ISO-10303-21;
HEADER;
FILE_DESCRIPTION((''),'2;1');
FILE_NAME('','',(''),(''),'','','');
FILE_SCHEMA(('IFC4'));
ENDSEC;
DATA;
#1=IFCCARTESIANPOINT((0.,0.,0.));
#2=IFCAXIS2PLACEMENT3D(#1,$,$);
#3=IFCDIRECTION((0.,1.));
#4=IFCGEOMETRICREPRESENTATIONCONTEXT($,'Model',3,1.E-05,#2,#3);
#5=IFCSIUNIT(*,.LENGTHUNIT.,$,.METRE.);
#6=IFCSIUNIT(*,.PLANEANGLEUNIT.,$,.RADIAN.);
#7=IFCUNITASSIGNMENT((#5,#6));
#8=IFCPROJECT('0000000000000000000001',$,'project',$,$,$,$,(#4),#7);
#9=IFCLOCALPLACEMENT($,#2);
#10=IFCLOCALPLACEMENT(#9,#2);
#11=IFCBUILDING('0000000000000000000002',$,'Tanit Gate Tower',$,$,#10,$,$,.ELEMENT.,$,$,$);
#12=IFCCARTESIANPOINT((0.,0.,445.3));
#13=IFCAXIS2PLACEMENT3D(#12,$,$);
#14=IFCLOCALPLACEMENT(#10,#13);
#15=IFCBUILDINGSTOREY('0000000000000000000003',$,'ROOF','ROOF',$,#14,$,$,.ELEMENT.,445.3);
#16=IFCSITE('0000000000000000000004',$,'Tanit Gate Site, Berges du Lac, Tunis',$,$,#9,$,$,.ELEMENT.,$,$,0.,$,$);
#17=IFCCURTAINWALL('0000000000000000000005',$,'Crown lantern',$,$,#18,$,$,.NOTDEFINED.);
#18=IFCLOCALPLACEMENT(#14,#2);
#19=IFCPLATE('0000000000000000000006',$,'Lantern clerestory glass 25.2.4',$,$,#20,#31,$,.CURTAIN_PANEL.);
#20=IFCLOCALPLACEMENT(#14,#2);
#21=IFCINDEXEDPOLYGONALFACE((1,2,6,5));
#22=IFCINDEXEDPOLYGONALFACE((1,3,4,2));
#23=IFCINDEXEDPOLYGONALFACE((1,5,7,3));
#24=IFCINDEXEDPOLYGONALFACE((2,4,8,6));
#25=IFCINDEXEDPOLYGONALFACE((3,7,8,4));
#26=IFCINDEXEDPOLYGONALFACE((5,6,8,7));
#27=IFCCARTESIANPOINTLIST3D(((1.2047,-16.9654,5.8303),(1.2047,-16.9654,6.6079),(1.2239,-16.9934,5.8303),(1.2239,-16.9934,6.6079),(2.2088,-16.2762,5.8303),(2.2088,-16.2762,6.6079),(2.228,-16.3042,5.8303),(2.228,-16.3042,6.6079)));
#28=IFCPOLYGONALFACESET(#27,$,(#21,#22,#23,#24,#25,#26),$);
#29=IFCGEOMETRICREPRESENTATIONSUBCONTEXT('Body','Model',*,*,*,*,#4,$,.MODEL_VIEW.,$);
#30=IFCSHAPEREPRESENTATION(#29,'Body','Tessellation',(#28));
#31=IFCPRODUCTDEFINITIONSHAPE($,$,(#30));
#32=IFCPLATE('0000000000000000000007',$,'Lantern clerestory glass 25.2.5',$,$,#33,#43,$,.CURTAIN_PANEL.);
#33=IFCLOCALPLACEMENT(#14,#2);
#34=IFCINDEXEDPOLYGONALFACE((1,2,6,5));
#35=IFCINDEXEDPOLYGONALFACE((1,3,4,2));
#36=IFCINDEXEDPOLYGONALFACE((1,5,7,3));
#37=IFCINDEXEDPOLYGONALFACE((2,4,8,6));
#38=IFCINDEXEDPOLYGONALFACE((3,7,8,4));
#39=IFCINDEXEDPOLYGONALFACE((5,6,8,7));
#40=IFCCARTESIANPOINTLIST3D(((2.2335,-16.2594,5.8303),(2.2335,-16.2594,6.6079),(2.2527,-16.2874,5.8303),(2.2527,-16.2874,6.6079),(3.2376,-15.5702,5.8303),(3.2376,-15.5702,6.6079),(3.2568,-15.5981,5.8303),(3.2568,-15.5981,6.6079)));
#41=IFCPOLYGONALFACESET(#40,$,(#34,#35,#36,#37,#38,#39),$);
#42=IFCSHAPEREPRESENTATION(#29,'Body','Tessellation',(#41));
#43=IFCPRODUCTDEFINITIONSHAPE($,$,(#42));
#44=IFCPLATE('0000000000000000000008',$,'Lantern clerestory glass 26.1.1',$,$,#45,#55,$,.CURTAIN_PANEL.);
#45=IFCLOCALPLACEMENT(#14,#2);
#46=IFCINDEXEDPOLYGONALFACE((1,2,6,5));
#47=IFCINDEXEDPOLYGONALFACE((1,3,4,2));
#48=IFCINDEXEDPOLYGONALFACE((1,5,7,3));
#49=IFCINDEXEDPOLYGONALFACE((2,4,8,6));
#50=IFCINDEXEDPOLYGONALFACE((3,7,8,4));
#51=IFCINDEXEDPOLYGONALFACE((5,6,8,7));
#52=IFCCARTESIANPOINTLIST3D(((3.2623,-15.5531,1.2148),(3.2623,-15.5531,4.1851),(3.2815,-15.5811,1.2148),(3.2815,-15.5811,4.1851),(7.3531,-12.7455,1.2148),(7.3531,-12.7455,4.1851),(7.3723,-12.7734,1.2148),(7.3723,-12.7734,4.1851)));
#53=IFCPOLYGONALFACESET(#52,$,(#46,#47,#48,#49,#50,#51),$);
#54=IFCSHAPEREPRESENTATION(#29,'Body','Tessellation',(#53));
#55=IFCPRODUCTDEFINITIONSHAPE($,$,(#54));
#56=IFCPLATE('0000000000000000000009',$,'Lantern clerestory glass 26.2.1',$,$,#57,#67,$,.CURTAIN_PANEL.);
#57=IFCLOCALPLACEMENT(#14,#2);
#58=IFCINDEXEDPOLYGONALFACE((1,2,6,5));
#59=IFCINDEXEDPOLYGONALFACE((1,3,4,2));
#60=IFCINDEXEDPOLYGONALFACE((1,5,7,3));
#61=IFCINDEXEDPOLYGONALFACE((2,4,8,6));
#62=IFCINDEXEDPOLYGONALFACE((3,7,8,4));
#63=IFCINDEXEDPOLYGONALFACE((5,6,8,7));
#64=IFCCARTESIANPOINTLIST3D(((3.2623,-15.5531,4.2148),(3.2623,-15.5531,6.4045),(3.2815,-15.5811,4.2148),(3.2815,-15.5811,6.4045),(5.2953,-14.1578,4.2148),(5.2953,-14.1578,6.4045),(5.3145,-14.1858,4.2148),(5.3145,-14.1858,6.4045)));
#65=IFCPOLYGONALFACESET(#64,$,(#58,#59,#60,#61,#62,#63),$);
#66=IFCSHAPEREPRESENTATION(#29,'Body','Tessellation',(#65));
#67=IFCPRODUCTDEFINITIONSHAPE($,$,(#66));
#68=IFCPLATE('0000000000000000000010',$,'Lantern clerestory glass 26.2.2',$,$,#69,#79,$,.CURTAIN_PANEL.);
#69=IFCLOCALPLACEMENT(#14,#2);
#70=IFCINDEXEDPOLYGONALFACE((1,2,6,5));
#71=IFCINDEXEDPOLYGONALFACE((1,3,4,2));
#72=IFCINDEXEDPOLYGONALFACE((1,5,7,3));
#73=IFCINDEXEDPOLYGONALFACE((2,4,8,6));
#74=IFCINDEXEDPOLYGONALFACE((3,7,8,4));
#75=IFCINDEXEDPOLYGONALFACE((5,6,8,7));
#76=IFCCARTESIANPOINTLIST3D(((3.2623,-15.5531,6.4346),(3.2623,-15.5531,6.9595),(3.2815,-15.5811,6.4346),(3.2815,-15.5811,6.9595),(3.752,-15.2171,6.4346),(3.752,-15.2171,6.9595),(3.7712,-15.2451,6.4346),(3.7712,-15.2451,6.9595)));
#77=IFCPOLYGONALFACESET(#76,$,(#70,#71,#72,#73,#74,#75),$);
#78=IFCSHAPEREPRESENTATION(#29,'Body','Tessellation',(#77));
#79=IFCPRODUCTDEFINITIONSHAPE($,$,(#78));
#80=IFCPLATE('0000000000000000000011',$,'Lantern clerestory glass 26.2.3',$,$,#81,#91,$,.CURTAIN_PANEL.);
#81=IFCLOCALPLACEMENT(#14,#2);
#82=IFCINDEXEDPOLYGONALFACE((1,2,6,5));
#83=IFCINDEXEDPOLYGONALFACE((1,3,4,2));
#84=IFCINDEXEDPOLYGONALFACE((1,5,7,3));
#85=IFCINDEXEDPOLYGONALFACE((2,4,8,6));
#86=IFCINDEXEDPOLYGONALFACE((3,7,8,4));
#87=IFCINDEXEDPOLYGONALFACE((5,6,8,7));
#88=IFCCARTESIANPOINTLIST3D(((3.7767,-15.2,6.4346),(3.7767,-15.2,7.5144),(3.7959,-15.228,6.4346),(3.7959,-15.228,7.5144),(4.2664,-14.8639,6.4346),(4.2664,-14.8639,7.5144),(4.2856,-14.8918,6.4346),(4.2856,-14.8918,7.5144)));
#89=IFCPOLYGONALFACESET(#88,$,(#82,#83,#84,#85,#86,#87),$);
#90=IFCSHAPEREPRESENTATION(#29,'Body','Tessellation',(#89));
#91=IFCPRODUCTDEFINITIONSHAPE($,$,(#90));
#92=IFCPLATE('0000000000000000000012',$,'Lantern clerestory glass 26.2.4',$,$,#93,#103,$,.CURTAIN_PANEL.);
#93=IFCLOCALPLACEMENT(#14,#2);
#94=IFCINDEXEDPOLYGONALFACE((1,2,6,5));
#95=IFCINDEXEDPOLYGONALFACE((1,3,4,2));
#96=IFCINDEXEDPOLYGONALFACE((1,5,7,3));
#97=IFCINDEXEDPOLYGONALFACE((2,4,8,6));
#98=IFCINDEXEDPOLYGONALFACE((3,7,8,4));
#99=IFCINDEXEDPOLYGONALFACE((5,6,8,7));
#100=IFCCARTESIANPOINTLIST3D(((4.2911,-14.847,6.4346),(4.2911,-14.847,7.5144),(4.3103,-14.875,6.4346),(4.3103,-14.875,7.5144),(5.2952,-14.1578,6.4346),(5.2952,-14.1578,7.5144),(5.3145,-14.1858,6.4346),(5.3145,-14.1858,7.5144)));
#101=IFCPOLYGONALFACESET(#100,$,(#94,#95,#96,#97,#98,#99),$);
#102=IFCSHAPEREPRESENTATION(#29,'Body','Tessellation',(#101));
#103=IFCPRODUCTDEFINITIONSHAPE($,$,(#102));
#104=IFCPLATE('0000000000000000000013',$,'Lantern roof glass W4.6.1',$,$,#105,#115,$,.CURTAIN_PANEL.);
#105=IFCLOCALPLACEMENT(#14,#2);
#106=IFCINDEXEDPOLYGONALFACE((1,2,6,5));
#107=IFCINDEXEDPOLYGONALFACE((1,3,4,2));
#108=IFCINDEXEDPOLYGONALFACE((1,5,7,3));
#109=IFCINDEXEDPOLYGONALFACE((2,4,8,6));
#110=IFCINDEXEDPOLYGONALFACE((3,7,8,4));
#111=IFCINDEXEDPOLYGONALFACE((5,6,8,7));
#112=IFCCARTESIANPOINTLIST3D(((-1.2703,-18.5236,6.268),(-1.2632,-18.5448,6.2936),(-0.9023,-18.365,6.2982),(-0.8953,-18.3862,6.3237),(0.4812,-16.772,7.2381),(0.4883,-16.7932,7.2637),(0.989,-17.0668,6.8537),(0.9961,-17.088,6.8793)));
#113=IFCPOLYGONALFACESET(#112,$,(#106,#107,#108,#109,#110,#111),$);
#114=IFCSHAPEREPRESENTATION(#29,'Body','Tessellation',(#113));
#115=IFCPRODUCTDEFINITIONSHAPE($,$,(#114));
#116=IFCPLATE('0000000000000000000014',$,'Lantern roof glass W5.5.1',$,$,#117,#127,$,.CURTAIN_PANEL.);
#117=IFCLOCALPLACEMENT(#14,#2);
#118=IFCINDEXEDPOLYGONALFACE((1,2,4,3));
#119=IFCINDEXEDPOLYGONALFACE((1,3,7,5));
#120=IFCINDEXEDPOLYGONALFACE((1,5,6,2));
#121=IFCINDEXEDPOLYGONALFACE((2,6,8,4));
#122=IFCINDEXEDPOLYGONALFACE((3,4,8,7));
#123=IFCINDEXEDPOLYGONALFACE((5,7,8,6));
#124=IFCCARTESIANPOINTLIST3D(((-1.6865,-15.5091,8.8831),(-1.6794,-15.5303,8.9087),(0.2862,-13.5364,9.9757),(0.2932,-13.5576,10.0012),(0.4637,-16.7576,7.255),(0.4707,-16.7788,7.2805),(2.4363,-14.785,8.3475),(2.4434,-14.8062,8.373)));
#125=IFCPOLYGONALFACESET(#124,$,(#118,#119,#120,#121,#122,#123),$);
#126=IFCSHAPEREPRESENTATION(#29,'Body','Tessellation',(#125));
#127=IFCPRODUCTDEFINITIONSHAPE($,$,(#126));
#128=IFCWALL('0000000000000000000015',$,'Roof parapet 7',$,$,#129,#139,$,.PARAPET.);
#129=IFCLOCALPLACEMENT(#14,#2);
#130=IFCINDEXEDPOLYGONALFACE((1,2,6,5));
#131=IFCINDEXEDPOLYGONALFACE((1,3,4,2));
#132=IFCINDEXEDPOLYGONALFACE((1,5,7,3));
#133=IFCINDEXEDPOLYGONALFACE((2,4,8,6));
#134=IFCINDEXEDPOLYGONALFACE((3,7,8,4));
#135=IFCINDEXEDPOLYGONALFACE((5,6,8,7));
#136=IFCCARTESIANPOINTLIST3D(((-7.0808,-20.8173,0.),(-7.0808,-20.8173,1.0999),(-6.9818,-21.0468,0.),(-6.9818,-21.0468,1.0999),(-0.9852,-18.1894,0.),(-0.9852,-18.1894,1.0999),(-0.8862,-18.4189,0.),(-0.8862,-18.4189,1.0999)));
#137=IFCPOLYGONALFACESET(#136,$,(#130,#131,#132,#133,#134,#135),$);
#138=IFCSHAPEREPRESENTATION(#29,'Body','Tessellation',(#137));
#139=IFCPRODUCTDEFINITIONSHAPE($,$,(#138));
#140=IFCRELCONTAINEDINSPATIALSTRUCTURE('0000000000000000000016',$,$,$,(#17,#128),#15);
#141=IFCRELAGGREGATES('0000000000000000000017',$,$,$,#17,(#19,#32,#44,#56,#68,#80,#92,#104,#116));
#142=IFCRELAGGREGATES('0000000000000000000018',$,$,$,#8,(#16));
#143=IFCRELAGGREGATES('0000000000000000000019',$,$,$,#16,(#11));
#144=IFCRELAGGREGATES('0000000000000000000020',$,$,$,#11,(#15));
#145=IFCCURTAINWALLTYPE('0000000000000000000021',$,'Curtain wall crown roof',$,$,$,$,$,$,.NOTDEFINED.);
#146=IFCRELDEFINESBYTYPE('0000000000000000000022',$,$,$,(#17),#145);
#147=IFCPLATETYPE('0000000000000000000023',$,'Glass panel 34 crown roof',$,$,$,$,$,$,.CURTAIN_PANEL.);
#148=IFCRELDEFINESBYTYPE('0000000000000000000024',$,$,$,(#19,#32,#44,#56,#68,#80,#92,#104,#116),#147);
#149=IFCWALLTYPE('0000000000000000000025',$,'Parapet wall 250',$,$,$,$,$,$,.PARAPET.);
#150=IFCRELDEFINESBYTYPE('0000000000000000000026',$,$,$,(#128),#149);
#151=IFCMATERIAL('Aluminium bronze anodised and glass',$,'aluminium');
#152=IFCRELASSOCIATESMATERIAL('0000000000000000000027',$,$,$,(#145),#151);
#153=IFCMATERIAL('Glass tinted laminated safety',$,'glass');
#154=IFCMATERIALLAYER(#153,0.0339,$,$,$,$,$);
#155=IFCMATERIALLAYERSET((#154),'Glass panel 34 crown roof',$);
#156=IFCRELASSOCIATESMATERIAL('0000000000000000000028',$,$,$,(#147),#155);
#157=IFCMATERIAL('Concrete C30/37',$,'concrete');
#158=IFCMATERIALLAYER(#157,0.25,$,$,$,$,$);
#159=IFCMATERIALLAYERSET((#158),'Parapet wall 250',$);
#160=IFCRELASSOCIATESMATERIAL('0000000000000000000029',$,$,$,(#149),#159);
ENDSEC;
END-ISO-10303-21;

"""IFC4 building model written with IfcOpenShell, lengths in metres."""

from ifc_helpers import new_model, si_unit, direction, frame, frame_2d, origin, place, context, subcontext, project, spatial, polyline, rectangle, outline, extrude, material, layer, layer_set, type_object, element, aggregate, save


model = new_model("IFC4")

# Units and contexts
model_context = context("Model", 3, precision=1e-05, world=origin(), true_north=direction((0.0, 1.0)))
body_context = subcontext(model_context, "Body", "Model", "MODEL_VIEW")
ifc_project = project(units=[si_unit("LENGTHUNIT", "METRE"), si_unit("PLANEANGLEUNIT", "RADIAN")], contexts=[model_context])

# Site, building, storey
site_placement = place(None, origin())
site = spatial("IfcSite", under=ifc_project, at=site_placement, Name="Tanit Gate Site, Berges du Lac, Tunis", CompositionType="ELEMENT", RefElevation=0.0)
building_placement = place(site_placement, origin())
building = spatial("IfcBuilding", under=site, at=building_placement, Name="Tanit Gate Tower", CompositionType="ELEMENT")
storey_placement = place(building_placement, frame((0.0, 0.0, 445.3)))
storey = spatial("IfcBuildingStorey", under=building, at=storey_placement, Name="ROOF", Description="ROOF", CompositionType="ELEMENT", Elevation=445.3)

# Curtain wall, plates
ifc_material_1 = material(Name="Aluminium bronze anodised and glass", Category="aluminium")
curtain_wall_type = type_object("IfcCurtainWallType", Name="Curtain wall crown roof", PredefinedType="NOTDEFINED", material=ifc_material_1)
curtain_wall_placement = place(storey_placement, origin())
curtain_wall = element("IfcCurtainWall", 1, at=curtain_wall_placement, inside=storey, type_object=curtain_wall_type, Name="Crown lantern", PredefinedType="NOTDEFINED")
ifc_material_2 = material(Name="Glass tinted laminated safety", Category="glass")
ifc_layer_1 = layer(ifc_material_2, 0.0339)
ifc_layer_set_1 = layer_set([ifc_layer_1], Name="Glass panel 34 crown roof")
plate_type = type_object("IfcPlateType", Name="Glass panel 34 crown roof", PredefinedType="CURTAIN_PANEL", material=ifc_layer_set_1)
plate_1_placement = place(storey_placement, frame((1.2239, -16.9934, 5.8303), z_axis=(0.565891, -0.82448, 0.0), x_axis=(0.82448, 0.565891, 0.0)))
plate_1 = element("IfcPlate", 2, at=plate_1_placement, type_object=plate_type, Name="Lantern clerestory glass 25.2.4", PredefinedType="CURTAIN_PANEL", context=body_context, shape_type="SweptSolid", body=[
    extrude(outline(polyline([(0.0, 0.0), (1.2179, 0.0), (1.2179, 0.7776), (0.0, 0.7776), (0.0, 0.0)])), origin(), (0.0, 0.0, -1.0), 0.0339),
])
plate_2_placement = place(storey_placement, frame((2.2527, -16.2874, 5.8303), z_axis=(0.565891, -0.82448, 0.0), x_axis=(0.82448, 0.565891, 0.0)))
plate_2 = element("IfcPlate", 3, at=plate_2_placement, type_object=plate_type, Name="Lantern clerestory glass 25.2.5", PredefinedType="CURTAIN_PANEL", context=body_context, shape_type="SweptSolid", body=[
    extrude(outline(polyline([(0.0, 0.0), (1.2179, 0.0), (1.2179, 0.7776), (0.0, 0.7776), (0.0, 0.0)])), origin(), (0.0, 0.0, -1.0), 0.0339),
])
plate_3_placement = place(storey_placement, frame((3.2815, -15.5811, 1.2148), z_axis=(0.565869, -0.824495, 0.0), x_axis=(0.824495, 0.565869, 0.0)))
plate_3 = element("IfcPlate", 4, at=plate_3_placement, type_object=plate_type, Name="Lantern clerestory glass 26.1.1", PredefinedType="CURTAIN_PANEL", context=body_context, shape_type="SweptSolid", body=[
    extrude(outline(polyline([(0.0, 0.0), (4.9616, 0.0), (4.9616, 2.9702), (0.0, 2.9702), (0.0, 0.0)])), origin(), (0.0, 0.0, -1.0), 0.0339),
])
plate_4_placement = place(storey_placement, frame((3.2815, -15.5811, 4.2148), z_axis=(0.565869, -0.824495, 0.0), x_axis=(0.824495, 0.565869, 0.0)))
plate_4 = element("IfcPlate", 5, at=plate_4_placement, type_object=plate_type, Name="Lantern clerestory glass 26.2.1", PredefinedType="CURTAIN_PANEL", context=body_context, shape_type="SweptSolid", body=[
    extrude(outline(polyline([(0.0, 0.0), (2.4657, 0.0), (2.4657, 2.1897), (0.0, 2.1897), (0.0, 0.0)])), origin(), (0.0, 0.0, -1.0), 0.0339),
])
plate_5_placement = place(storey_placement, frame((3.2815, -15.5811, 6.4346), z_axis=(0.565656, -0.824641, 0.0), x_axis=(0.824641, 0.565656, 0.0)))
plate_5 = element("IfcPlate", 6, at=plate_5_placement, type_object=plate_type, Name="Lantern clerestory glass 26.2.2", PredefinedType="CURTAIN_PANEL", context=body_context, shape_type="SweptSolid", body=[
    extrude(outline(polyline([(0.0, 0.0), (0.5939, 0.0), (0.5939, 0.5249), (0.0, 0.5249), (0.0, 0.0)])), origin(), (0.0, 0.0, -1.0), 0.0339),
])
plate_6_placement = place(storey_placement, frame((3.7959, -15.228, 6.4346), z_axis=(0.565936, -0.824449, 0.0), x_axis=(0.824449, 0.565936, 0.0)))
plate_6 = element("IfcPlate", 7, at=plate_6_placement, type_object=plate_type, Name="Lantern clerestory glass 26.2.3", PredefinedType="CURTAIN_PANEL", context=body_context, shape_type="SweptSolid", body=[
    extrude(outline(polyline([(0.0, 0.0), (0.594, 0.0), (0.594, 1.0798), (0.0, 1.0798), (0.0, 0.0)])), origin(), (0.0, 0.0, -1.0), 0.0339),
])
plate_7_placement = place(storey_placement, frame((4.3103, -14.875, 6.4346), z_axis=(0.565891, -0.82448, 0.0), x_axis=(0.82448, 0.565891, 0.0)))
plate_7 = element("IfcPlate", 8, at=plate_7_placement, type_object=plate_type, Name="Lantern clerestory glass 26.2.4", PredefinedType="CURTAIN_PANEL", context=body_context, shape_type="SweptSolid", body=[
    extrude(outline(polyline([(0.0, 0.0), (1.2179, 0.0), (1.2179, 1.0798), (0.0, 1.0798), (0.0, 0.0)])), origin(), (0.0, 0.0, -1.0), 0.0339),
])
plate_8_placement = place(storey_placement, frame((0.4883, -16.7932, 7.2637), z_axis=(0.207454, -0.62447, 0.752994), x_axis=(-0.658395, -0.658437, -0.364661)))
plate_8 = element("IfcPlate", 9, at=plate_8_placement, type_object=plate_type, Name="Lantern roof glass W4.6.1", PredefinedType="CURTAIN_PANEL", context=body_context, shape_type="SweptSolid", body=[
    extrude(outline(polyline([(0.0, 0.0), (2.6603, 0.0), (2.3026, 0.1831), (0.0, 0.7018), (0.0, 0.0)])), origin(), (0.0, 0.0, -1.0), 0.0339),
])
plate_9_placement = place(storey_placement, frame((0.4707, -16.7788, 7.2805), z_axis=(0.207513, -0.624518, 0.752938), x_axis=(0.658417, 0.658417, 0.364656)))
plate_9 = element("IfcPlate", 10, at=plate_9_placement, type_object=plate_type, Name="Lantern roof glass W5.5.1", PredefinedType="CURTAIN_PANEL", context=body_context, shape_type="SweptSolid", body=[
    extrude(outline(polyline([(0.0, 0.0), (2.9961, 0.0), (2.9961, 2.972), (0.0001, 2.972), (0.0, 0.0)])), origin(), (0.0, 0.0, -1.0), 0.0339),
])
aggregate(curtain_wall, [plate_1, plate_2, plate_3, plate_4, plate_5, plate_6, plate_7, plate_8, plate_9])

# Wall
ifc_material_3 = material(Name="Concrete C30/37", Category="concrete")
ifc_layer_2 = layer(ifc_material_3, 0.25)
ifc_layer_set_2 = layer_set([ifc_layer_2], Name="Parapet wall 250")
wall_type = type_object("IfcWallType", Name="Parapet wall 250", PredefinedType="PARAPET", material=ifc_layer_set_2)
wall_placement = place(storey_placement, frame((-0.9358, -18.3042, 0.0), z_axis=(0.0, 0.0, 1.0), x_axis=(-0.918298, -0.395889, 0.0)))
element("IfcWall", 11, at=wall_placement, inside=storey, type_object=wall_type, Name="Roof parapet 7", PredefinedType="PARAPET", context=body_context, shape_type="SweptSolid", body=[
    extrude(rectangle(XDim=6.6379, YDim=0.25, at=frame_2d((3.3188, 0.0))), origin(), (0.0, 0.0, 1.0), 1.0999),
])

save(model, "model.ifc")
